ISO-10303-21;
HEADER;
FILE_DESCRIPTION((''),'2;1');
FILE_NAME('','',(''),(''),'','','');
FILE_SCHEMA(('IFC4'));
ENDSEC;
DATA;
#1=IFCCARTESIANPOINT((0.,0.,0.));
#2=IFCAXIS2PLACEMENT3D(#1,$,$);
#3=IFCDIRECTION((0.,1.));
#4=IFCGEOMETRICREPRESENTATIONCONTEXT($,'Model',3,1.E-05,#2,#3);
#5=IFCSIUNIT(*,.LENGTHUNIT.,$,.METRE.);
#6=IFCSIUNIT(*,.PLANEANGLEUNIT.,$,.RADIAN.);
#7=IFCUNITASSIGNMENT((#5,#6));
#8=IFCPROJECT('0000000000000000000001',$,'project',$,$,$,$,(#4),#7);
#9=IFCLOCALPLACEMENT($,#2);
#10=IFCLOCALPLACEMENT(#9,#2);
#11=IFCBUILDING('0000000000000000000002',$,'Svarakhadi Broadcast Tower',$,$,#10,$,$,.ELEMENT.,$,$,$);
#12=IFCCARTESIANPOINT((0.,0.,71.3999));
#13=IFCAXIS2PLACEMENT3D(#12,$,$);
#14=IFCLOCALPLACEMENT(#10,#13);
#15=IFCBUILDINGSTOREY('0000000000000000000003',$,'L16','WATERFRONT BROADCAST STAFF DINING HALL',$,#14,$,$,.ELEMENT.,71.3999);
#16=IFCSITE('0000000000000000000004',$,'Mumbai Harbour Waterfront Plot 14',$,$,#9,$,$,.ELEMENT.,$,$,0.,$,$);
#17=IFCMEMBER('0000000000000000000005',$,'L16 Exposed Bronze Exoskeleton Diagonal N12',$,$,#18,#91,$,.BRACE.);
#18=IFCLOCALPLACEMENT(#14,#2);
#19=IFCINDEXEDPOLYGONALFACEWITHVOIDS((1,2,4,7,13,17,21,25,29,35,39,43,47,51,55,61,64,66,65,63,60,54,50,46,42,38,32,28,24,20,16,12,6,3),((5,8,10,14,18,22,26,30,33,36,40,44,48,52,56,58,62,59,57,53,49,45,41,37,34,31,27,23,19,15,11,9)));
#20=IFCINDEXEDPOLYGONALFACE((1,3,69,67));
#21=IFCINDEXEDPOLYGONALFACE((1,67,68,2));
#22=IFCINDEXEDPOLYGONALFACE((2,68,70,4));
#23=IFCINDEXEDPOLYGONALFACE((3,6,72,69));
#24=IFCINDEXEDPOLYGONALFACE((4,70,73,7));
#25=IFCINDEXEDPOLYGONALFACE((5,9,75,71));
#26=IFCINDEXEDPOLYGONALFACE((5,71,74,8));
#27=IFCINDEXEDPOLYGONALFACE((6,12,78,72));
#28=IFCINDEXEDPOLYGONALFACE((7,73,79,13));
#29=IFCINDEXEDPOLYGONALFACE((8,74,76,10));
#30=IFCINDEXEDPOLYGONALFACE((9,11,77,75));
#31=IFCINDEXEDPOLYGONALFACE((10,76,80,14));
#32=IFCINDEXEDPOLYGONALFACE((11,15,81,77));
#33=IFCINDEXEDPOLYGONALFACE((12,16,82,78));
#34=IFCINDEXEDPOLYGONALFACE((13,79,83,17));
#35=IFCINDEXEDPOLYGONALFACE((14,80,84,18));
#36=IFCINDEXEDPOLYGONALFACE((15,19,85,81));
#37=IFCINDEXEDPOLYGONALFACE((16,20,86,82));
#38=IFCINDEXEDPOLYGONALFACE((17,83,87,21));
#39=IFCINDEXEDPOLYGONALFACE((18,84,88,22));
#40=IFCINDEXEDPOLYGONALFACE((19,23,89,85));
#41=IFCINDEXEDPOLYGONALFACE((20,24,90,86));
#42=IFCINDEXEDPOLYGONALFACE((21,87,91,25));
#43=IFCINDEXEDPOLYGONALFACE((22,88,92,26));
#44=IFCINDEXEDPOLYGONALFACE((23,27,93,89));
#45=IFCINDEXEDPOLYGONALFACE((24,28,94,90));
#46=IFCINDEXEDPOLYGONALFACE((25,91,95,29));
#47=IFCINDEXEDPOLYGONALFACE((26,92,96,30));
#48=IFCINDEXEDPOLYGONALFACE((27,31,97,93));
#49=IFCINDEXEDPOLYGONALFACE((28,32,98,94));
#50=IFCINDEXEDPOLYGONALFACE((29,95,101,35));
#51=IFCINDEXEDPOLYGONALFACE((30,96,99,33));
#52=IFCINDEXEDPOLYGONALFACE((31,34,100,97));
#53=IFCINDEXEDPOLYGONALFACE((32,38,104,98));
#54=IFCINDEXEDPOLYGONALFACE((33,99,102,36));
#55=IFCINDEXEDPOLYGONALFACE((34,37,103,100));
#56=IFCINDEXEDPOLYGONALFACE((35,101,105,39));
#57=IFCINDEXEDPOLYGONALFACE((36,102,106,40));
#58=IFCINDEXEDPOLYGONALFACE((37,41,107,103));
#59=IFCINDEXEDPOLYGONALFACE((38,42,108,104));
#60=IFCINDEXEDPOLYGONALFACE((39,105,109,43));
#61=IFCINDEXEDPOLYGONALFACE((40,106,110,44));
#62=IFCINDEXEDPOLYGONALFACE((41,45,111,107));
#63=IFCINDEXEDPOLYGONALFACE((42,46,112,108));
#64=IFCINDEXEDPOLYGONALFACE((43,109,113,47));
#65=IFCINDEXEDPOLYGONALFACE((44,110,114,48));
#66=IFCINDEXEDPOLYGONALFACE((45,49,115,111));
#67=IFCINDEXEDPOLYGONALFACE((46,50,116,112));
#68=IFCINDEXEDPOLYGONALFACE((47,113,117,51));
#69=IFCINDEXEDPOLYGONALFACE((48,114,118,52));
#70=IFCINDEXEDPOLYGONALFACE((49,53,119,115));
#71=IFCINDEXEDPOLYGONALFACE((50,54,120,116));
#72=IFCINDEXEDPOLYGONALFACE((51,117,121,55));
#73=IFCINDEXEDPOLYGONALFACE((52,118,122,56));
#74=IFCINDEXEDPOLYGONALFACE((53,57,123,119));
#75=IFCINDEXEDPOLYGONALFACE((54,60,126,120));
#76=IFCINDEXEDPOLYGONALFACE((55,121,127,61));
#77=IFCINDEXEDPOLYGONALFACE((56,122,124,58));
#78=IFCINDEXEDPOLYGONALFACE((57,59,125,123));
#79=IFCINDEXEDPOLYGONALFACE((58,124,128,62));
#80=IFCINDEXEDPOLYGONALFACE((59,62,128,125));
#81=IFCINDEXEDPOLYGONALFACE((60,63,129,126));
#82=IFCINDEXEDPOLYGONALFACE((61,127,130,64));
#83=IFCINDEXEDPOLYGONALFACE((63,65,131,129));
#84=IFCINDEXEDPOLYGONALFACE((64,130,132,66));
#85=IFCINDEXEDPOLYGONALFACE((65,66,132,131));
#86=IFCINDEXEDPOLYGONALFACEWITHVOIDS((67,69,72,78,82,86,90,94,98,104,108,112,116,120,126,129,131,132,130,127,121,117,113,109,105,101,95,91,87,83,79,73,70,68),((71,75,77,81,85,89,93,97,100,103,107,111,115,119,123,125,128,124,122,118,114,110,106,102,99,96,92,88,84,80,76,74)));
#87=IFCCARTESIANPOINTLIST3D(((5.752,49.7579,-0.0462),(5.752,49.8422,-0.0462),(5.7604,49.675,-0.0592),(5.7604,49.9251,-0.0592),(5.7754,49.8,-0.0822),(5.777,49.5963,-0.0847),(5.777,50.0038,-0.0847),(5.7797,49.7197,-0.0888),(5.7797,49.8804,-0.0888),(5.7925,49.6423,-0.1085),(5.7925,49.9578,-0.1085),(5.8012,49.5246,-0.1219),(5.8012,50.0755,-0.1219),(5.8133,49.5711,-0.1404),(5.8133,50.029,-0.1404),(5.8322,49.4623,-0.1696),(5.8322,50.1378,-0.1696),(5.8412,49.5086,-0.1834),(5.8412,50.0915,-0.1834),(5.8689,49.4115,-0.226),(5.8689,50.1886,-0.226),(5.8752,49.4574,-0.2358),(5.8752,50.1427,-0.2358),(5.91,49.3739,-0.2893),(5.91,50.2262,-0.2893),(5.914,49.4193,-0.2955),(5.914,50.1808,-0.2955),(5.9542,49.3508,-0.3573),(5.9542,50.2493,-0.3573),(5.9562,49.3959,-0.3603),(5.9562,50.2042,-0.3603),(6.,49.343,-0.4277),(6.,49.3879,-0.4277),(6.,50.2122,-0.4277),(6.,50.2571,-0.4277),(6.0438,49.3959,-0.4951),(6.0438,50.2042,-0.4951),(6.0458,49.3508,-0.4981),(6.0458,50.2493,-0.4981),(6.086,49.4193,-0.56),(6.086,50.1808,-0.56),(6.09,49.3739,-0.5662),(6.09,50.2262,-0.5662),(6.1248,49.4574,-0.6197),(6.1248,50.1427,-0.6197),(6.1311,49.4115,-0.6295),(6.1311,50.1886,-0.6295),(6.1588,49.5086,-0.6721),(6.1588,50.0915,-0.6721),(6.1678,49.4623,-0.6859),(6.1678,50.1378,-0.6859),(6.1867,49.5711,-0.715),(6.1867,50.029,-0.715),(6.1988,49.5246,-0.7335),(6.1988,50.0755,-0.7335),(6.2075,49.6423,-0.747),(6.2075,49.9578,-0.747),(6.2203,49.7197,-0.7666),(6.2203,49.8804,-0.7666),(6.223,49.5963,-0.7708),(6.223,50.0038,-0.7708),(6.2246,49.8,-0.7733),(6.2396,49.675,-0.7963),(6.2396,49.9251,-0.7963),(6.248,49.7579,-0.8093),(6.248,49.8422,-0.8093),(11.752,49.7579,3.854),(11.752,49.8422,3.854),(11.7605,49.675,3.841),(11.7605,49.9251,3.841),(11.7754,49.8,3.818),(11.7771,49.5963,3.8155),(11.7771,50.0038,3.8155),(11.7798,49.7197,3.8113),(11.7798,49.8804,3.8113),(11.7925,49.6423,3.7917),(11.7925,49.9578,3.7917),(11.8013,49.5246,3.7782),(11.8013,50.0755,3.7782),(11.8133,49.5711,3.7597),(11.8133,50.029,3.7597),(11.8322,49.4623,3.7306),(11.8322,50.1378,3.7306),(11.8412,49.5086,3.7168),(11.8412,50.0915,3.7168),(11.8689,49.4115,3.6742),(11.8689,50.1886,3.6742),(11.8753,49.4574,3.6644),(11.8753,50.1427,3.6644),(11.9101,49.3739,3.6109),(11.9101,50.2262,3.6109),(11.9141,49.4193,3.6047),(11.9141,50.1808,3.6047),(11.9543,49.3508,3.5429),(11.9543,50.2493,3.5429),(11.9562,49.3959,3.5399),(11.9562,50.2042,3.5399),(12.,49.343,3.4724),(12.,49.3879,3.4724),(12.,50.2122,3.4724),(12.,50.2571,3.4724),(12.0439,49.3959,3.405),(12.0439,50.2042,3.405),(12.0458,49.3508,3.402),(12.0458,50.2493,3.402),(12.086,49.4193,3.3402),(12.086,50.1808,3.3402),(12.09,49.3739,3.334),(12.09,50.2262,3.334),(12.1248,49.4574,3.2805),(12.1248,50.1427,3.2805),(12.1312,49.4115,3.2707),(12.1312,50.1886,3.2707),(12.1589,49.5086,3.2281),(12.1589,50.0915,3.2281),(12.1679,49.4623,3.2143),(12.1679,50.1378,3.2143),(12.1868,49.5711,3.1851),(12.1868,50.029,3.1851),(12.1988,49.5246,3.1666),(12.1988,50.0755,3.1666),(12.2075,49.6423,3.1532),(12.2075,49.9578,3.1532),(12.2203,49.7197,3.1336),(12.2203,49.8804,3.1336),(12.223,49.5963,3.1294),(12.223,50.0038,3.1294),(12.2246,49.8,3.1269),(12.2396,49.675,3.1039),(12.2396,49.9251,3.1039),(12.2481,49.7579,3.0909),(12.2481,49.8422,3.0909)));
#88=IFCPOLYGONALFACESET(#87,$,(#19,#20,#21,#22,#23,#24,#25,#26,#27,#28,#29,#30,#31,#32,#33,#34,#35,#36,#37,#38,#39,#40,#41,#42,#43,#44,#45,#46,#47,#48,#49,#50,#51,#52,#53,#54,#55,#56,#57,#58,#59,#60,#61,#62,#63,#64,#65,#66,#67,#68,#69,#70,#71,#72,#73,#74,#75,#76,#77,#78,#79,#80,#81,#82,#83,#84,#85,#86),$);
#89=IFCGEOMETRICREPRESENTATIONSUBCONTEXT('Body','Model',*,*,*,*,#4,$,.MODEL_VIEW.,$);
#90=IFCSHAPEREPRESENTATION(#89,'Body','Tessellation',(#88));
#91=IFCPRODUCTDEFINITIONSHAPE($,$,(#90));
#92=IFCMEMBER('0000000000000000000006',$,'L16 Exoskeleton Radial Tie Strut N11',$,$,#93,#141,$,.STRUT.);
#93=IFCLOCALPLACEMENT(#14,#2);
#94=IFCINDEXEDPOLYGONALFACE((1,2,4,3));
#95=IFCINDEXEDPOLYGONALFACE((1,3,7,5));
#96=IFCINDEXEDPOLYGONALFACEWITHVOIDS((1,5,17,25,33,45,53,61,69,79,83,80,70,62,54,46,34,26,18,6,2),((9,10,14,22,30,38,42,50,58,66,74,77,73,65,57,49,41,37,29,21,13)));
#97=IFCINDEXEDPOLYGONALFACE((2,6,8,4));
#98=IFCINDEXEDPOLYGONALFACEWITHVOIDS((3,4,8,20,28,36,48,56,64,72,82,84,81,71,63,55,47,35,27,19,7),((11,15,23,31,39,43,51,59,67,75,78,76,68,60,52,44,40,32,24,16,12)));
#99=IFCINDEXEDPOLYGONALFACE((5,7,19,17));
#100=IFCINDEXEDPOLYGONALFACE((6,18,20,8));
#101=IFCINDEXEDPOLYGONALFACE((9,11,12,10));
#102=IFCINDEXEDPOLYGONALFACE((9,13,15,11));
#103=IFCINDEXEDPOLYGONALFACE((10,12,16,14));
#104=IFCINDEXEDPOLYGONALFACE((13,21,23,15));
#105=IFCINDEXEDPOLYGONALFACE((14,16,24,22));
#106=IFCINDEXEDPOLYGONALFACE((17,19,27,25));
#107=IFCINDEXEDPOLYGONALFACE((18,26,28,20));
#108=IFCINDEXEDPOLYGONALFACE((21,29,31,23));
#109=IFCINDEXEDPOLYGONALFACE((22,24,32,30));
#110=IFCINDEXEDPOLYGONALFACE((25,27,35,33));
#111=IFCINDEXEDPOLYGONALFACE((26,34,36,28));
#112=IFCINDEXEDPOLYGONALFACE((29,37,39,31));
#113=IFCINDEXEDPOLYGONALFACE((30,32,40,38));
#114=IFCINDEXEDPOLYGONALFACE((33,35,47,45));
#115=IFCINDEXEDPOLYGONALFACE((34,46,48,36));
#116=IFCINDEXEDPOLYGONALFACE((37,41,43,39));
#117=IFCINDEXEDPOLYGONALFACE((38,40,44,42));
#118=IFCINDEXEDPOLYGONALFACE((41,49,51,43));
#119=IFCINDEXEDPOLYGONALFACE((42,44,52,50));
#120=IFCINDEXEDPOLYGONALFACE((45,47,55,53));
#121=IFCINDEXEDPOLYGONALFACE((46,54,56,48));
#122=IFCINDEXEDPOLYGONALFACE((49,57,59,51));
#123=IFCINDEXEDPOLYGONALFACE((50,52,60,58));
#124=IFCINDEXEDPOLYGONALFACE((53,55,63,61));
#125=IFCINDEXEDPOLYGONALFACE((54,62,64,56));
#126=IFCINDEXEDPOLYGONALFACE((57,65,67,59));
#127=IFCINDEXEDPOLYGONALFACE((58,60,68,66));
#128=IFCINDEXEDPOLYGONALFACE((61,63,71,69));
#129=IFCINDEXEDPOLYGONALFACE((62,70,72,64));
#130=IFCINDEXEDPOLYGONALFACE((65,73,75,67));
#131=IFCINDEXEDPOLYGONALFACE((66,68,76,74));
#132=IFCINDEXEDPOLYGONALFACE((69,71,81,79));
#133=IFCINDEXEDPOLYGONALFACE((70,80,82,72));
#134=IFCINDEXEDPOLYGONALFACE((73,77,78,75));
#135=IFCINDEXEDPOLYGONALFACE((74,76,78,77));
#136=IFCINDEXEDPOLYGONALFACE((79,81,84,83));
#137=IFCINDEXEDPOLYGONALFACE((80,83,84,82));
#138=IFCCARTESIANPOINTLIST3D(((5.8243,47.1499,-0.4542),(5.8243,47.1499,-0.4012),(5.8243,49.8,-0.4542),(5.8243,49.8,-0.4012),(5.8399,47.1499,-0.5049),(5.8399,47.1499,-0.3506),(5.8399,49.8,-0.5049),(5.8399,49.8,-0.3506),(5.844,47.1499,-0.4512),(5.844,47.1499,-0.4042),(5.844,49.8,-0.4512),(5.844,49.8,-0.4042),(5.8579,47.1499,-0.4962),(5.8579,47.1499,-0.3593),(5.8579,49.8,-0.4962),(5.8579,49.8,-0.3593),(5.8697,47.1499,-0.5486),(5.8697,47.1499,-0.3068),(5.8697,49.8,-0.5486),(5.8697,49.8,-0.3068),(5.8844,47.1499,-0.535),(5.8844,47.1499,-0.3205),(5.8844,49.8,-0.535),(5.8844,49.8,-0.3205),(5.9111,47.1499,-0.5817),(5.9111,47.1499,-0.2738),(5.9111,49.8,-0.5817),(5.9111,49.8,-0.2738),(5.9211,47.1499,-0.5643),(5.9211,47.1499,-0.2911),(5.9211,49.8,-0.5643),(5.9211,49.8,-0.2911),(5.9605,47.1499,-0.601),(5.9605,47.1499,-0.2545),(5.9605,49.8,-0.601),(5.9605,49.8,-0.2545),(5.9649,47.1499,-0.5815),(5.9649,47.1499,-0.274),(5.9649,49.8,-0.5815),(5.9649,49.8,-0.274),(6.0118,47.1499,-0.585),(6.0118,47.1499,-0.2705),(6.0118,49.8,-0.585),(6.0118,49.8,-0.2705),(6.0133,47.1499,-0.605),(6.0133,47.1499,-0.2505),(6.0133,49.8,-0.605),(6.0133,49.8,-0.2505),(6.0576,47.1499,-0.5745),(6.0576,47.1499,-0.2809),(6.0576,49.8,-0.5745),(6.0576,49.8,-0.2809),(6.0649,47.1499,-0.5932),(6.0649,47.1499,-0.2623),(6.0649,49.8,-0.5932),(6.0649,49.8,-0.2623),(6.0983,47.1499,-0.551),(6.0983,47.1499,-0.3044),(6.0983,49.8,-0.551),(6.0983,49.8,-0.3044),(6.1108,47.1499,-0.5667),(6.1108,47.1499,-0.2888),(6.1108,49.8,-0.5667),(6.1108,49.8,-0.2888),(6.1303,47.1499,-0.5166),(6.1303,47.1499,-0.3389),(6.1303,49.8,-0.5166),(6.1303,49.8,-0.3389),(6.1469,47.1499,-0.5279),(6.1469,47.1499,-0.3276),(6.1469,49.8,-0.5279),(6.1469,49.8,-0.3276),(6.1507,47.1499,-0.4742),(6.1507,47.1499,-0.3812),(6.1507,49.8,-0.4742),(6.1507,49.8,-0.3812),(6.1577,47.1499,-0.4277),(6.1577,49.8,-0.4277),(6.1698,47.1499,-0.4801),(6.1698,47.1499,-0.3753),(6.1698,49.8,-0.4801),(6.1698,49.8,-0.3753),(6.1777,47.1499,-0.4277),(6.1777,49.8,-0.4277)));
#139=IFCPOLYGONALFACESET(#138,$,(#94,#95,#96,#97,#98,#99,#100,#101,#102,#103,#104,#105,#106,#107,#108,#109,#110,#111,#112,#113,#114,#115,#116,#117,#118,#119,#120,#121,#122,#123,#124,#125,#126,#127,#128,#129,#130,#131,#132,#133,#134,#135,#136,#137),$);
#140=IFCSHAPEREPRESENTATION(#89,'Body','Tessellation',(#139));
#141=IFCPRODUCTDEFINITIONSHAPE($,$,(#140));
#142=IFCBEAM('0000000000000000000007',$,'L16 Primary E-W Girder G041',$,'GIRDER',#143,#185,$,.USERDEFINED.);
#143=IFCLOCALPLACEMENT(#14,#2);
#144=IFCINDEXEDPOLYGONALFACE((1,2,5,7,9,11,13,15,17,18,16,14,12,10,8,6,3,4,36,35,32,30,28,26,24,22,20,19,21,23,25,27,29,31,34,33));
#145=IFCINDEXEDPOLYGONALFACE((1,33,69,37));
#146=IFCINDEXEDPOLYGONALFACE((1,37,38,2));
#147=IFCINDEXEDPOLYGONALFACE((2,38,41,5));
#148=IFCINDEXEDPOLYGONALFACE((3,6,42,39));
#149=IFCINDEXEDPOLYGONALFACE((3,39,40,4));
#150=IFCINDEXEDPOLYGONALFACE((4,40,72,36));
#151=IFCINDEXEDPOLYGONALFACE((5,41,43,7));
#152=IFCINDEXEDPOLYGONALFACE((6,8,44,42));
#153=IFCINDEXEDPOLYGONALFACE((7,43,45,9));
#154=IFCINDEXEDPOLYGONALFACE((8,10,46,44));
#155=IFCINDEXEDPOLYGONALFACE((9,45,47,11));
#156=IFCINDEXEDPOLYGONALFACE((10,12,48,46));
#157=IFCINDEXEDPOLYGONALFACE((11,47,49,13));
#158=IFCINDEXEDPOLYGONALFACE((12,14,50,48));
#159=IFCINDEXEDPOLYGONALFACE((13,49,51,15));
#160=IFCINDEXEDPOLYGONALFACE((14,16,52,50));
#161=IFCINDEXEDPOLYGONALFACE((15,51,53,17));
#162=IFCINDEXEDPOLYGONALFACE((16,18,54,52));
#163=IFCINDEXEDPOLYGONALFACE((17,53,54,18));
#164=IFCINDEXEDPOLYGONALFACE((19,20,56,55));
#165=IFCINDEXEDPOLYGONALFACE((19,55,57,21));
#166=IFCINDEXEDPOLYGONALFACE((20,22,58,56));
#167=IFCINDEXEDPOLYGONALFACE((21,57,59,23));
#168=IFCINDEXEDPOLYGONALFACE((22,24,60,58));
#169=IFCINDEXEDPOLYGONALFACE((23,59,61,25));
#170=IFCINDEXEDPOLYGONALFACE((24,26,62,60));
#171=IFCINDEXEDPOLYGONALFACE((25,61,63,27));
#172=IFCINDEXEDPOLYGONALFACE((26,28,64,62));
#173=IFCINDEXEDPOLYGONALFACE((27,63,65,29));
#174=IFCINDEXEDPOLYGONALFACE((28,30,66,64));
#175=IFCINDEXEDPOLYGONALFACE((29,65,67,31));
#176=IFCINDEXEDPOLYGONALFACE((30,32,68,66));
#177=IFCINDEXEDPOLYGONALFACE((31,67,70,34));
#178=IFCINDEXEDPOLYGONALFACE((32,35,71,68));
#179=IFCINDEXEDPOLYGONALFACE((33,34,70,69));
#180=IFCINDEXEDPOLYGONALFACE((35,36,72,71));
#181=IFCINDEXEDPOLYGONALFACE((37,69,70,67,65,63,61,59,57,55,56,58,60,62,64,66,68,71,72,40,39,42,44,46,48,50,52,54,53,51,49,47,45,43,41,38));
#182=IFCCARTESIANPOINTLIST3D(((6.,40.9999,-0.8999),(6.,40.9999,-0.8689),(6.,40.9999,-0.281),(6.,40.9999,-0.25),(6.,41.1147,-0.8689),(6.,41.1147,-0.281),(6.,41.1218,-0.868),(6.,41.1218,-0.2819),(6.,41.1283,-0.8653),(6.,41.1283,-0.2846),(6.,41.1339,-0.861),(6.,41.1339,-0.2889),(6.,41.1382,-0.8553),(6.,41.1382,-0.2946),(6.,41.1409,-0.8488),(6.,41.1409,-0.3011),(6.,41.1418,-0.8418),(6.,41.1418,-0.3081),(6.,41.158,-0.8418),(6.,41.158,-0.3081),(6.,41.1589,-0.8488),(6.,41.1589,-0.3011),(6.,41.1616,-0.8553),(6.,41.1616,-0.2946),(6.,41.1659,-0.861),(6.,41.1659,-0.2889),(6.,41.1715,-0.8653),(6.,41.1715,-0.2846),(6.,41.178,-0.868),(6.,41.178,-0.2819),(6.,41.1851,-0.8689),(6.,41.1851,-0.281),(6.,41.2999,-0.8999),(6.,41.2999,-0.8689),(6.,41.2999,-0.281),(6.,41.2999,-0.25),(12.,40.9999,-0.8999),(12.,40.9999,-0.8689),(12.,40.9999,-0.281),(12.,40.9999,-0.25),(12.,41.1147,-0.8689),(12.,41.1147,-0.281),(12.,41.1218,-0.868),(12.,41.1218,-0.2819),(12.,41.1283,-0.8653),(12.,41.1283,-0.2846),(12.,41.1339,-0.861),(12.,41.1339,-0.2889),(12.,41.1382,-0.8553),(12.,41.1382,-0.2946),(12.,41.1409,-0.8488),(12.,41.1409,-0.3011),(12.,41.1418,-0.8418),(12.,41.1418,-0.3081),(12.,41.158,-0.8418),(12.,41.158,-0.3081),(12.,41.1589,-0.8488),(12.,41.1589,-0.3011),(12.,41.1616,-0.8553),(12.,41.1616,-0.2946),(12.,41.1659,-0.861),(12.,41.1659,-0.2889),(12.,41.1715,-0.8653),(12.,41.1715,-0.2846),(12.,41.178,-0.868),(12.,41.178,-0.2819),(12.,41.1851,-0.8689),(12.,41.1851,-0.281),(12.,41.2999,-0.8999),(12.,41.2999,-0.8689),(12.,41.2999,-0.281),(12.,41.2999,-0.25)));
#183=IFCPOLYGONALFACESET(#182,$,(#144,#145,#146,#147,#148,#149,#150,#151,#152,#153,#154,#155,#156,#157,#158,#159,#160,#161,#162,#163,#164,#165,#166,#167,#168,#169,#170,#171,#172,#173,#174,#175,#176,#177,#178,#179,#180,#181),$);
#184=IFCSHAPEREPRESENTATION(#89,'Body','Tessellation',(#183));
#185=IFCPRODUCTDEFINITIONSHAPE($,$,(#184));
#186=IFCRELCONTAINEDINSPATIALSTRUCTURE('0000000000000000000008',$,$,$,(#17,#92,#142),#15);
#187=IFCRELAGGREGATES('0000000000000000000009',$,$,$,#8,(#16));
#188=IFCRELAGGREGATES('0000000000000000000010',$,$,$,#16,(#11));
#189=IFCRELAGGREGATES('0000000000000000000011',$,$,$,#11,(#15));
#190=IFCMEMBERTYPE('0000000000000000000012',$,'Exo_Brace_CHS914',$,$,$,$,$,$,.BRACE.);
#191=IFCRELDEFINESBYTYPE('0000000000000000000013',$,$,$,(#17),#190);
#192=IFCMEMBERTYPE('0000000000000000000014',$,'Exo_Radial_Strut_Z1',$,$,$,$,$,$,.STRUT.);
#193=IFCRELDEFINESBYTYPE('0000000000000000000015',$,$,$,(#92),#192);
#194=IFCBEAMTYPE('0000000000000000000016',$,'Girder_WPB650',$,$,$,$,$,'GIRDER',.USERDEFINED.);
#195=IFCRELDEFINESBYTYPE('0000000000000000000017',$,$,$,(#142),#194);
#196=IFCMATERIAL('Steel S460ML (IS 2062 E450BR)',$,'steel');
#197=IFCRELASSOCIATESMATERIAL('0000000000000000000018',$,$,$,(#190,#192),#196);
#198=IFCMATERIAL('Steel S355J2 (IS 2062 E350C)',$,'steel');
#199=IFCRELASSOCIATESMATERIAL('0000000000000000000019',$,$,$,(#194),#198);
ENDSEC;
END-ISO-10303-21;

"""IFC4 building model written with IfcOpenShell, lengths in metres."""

from ifc_helpers import new_model, si_unit, direction, frame, origin, origin_2d, place, context, subcontext, project, spatial, hollow_circle, i_section, extrude, material, material_profile, profile_set, type_object, element, save


model = new_model("IFC4")

# Units and contexts
model_context = context("Model", 3, precision=1e-05, world=origin(), true_north=direction((0.0, 1.0)))
body_context = subcontext(model_context, "Body", "Model", "MODEL_VIEW")
ifc_project = project(units=[si_unit("LENGTHUNIT", "METRE"), si_unit("PLANEANGLEUNIT", "RADIAN")], contexts=[model_context])

# Site, building, storey
site_placement = place(None, origin())
site = spatial("IfcSite", under=ifc_project, at=site_placement, Name="Mumbai Harbour Waterfront Plot 14", CompositionType="ELEMENT", RefElevation=0.0)
building_placement = place(site_placement, origin())
building = spatial("IfcBuilding", under=site, at=building_placement, Name="Svarakhadi Broadcast Tower", CompositionType="ELEMENT")
storey_placement = place(building_placement, frame((0.0, 0.0, 71.3999)))
storey = spatial("IfcBuildingStorey", under=building, at=storey_placement, Name="L16", Description="WATERFRONT BROADCAST STAFF DINING HALL", CompositionType="ELEMENT", Elevation=71.3999)

# Shared definitions
ifc_material_1 = material(Name="Steel S460ML (IS 2062 E450BR)", Category="steel")

# Shared definitions
ifc_material_2 = material(Name="Steel S355J2 (IS 2062 E350C)", Category="steel")

# Members
ifc_material_profile_1 = material_profile(ifc_material_1, hollow_circle(Radius=0.457, WallThickness=0.0449, at=origin_2d()), Name="CHS 914x45")
ifc_profile_set_1 = profile_set([ifc_material_profile_1], Name="Steel S460ML (IS 2062 E450BR)")
member_type_1 = type_object("IfcMemberType", Name="Exo_Brace_CHS914", PredefinedType="BRACE", material=ifc_profile_set_1)
member_1_placement = place(storey_placement, frame((6.0, 49.8, -0.4277), z_axis=(0.838434, 0.0, 0.545003), x_axis=(0.0, 1.0, 0.0)))
element("IfcMember", 1, at=member_1_placement, inside=storey, type_object=member_type_1, Name="L16 Exposed Bronze Exoskeleton Diagonal N12", PredefinedType="BRACE", context=body_context, shape_type="SweptSolid", body=[
    extrude(hollow_circle(Radius=0.457, WallThickness=0.0449, at=origin_2d()), origin(), (0.0, 0.0, 1.0), 7.1562),
])
ifc_material_profile_2 = material_profile(ifc_material_1, hollow_circle(Radius=0.1777, WallThickness=0.02, at=origin_2d()), Name="CHS 355.6x20")
ifc_profile_set_2 = profile_set([ifc_material_profile_2], Name="Steel S460ML (IS 2062 E450BR)")
member_type_2 = type_object("IfcMemberType", Name="Exo_Radial_Strut_Z1", PredefinedType="STRUT", material=ifc_profile_set_2)
member_2_placement = place(storey_placement, frame((6.0, 49.8, -0.4277), z_axis=(0.0, -1.0, 0.0), x_axis=(1.0, 0.0, 0.0)))
element("IfcMember", 2, at=member_2_placement, inside=storey, type_object=member_type_2, Name="L16 Exoskeleton Radial Tie Strut N11", PredefinedType="STRUT", context=body_context, shape_type="SweptSolid", body=[
    extrude(hollow_circle(Radius=0.1777, WallThickness=0.02, at=origin_2d()), origin(), (0.0, 0.0, 1.0), 2.6501),
])

# Beam
ifc_material_profile_3 = material_profile(ifc_material_2, i_section(OverallWidth=0.3, OverallDepth=0.6499, WebThickness=0.0161, FlangeThickness=0.031, FilletRadius=0.0271, at=origin_2d()), Name="WPB 650x300x225")
ifc_profile_set_3 = profile_set([ifc_material_profile_3], Name="Steel S355J2 (IS 2062 E350C)")
beam_type_1 = type_object("IfcBeamType", Name="Girder_WPB650", ElementType="GIRDER", PredefinedType="USERDEFINED", material=ifc_profile_set_3)
for number, where, z_axis, x_axis, name in (
    (3, (6.0, 41.1499, -0.575), (1.0, 0.0, 0.0), (0.0, 1.0, 0.0), "L16 Primary E-W Girder G041"),
):
    element("IfcBeam", number, at=place(storey_placement, frame(where, z_axis=z_axis, x_axis=x_axis)), inside=storey, type_object=beam_type_1, Name=name, ObjectType="GIRDER", PredefinedType="USERDEFINED", context=body_context, shape_type="SweptSolid", body=[
        extrude(i_section(OverallWidth=0.3, OverallDepth=0.6499, WebThickness=0.0161, FlangeThickness=0.031, FilletRadius=0.0271, at=origin_2d()), origin(), (0.0, 0.0, 1.0), 6.0),
    ])

save(model, "model.ifc")
